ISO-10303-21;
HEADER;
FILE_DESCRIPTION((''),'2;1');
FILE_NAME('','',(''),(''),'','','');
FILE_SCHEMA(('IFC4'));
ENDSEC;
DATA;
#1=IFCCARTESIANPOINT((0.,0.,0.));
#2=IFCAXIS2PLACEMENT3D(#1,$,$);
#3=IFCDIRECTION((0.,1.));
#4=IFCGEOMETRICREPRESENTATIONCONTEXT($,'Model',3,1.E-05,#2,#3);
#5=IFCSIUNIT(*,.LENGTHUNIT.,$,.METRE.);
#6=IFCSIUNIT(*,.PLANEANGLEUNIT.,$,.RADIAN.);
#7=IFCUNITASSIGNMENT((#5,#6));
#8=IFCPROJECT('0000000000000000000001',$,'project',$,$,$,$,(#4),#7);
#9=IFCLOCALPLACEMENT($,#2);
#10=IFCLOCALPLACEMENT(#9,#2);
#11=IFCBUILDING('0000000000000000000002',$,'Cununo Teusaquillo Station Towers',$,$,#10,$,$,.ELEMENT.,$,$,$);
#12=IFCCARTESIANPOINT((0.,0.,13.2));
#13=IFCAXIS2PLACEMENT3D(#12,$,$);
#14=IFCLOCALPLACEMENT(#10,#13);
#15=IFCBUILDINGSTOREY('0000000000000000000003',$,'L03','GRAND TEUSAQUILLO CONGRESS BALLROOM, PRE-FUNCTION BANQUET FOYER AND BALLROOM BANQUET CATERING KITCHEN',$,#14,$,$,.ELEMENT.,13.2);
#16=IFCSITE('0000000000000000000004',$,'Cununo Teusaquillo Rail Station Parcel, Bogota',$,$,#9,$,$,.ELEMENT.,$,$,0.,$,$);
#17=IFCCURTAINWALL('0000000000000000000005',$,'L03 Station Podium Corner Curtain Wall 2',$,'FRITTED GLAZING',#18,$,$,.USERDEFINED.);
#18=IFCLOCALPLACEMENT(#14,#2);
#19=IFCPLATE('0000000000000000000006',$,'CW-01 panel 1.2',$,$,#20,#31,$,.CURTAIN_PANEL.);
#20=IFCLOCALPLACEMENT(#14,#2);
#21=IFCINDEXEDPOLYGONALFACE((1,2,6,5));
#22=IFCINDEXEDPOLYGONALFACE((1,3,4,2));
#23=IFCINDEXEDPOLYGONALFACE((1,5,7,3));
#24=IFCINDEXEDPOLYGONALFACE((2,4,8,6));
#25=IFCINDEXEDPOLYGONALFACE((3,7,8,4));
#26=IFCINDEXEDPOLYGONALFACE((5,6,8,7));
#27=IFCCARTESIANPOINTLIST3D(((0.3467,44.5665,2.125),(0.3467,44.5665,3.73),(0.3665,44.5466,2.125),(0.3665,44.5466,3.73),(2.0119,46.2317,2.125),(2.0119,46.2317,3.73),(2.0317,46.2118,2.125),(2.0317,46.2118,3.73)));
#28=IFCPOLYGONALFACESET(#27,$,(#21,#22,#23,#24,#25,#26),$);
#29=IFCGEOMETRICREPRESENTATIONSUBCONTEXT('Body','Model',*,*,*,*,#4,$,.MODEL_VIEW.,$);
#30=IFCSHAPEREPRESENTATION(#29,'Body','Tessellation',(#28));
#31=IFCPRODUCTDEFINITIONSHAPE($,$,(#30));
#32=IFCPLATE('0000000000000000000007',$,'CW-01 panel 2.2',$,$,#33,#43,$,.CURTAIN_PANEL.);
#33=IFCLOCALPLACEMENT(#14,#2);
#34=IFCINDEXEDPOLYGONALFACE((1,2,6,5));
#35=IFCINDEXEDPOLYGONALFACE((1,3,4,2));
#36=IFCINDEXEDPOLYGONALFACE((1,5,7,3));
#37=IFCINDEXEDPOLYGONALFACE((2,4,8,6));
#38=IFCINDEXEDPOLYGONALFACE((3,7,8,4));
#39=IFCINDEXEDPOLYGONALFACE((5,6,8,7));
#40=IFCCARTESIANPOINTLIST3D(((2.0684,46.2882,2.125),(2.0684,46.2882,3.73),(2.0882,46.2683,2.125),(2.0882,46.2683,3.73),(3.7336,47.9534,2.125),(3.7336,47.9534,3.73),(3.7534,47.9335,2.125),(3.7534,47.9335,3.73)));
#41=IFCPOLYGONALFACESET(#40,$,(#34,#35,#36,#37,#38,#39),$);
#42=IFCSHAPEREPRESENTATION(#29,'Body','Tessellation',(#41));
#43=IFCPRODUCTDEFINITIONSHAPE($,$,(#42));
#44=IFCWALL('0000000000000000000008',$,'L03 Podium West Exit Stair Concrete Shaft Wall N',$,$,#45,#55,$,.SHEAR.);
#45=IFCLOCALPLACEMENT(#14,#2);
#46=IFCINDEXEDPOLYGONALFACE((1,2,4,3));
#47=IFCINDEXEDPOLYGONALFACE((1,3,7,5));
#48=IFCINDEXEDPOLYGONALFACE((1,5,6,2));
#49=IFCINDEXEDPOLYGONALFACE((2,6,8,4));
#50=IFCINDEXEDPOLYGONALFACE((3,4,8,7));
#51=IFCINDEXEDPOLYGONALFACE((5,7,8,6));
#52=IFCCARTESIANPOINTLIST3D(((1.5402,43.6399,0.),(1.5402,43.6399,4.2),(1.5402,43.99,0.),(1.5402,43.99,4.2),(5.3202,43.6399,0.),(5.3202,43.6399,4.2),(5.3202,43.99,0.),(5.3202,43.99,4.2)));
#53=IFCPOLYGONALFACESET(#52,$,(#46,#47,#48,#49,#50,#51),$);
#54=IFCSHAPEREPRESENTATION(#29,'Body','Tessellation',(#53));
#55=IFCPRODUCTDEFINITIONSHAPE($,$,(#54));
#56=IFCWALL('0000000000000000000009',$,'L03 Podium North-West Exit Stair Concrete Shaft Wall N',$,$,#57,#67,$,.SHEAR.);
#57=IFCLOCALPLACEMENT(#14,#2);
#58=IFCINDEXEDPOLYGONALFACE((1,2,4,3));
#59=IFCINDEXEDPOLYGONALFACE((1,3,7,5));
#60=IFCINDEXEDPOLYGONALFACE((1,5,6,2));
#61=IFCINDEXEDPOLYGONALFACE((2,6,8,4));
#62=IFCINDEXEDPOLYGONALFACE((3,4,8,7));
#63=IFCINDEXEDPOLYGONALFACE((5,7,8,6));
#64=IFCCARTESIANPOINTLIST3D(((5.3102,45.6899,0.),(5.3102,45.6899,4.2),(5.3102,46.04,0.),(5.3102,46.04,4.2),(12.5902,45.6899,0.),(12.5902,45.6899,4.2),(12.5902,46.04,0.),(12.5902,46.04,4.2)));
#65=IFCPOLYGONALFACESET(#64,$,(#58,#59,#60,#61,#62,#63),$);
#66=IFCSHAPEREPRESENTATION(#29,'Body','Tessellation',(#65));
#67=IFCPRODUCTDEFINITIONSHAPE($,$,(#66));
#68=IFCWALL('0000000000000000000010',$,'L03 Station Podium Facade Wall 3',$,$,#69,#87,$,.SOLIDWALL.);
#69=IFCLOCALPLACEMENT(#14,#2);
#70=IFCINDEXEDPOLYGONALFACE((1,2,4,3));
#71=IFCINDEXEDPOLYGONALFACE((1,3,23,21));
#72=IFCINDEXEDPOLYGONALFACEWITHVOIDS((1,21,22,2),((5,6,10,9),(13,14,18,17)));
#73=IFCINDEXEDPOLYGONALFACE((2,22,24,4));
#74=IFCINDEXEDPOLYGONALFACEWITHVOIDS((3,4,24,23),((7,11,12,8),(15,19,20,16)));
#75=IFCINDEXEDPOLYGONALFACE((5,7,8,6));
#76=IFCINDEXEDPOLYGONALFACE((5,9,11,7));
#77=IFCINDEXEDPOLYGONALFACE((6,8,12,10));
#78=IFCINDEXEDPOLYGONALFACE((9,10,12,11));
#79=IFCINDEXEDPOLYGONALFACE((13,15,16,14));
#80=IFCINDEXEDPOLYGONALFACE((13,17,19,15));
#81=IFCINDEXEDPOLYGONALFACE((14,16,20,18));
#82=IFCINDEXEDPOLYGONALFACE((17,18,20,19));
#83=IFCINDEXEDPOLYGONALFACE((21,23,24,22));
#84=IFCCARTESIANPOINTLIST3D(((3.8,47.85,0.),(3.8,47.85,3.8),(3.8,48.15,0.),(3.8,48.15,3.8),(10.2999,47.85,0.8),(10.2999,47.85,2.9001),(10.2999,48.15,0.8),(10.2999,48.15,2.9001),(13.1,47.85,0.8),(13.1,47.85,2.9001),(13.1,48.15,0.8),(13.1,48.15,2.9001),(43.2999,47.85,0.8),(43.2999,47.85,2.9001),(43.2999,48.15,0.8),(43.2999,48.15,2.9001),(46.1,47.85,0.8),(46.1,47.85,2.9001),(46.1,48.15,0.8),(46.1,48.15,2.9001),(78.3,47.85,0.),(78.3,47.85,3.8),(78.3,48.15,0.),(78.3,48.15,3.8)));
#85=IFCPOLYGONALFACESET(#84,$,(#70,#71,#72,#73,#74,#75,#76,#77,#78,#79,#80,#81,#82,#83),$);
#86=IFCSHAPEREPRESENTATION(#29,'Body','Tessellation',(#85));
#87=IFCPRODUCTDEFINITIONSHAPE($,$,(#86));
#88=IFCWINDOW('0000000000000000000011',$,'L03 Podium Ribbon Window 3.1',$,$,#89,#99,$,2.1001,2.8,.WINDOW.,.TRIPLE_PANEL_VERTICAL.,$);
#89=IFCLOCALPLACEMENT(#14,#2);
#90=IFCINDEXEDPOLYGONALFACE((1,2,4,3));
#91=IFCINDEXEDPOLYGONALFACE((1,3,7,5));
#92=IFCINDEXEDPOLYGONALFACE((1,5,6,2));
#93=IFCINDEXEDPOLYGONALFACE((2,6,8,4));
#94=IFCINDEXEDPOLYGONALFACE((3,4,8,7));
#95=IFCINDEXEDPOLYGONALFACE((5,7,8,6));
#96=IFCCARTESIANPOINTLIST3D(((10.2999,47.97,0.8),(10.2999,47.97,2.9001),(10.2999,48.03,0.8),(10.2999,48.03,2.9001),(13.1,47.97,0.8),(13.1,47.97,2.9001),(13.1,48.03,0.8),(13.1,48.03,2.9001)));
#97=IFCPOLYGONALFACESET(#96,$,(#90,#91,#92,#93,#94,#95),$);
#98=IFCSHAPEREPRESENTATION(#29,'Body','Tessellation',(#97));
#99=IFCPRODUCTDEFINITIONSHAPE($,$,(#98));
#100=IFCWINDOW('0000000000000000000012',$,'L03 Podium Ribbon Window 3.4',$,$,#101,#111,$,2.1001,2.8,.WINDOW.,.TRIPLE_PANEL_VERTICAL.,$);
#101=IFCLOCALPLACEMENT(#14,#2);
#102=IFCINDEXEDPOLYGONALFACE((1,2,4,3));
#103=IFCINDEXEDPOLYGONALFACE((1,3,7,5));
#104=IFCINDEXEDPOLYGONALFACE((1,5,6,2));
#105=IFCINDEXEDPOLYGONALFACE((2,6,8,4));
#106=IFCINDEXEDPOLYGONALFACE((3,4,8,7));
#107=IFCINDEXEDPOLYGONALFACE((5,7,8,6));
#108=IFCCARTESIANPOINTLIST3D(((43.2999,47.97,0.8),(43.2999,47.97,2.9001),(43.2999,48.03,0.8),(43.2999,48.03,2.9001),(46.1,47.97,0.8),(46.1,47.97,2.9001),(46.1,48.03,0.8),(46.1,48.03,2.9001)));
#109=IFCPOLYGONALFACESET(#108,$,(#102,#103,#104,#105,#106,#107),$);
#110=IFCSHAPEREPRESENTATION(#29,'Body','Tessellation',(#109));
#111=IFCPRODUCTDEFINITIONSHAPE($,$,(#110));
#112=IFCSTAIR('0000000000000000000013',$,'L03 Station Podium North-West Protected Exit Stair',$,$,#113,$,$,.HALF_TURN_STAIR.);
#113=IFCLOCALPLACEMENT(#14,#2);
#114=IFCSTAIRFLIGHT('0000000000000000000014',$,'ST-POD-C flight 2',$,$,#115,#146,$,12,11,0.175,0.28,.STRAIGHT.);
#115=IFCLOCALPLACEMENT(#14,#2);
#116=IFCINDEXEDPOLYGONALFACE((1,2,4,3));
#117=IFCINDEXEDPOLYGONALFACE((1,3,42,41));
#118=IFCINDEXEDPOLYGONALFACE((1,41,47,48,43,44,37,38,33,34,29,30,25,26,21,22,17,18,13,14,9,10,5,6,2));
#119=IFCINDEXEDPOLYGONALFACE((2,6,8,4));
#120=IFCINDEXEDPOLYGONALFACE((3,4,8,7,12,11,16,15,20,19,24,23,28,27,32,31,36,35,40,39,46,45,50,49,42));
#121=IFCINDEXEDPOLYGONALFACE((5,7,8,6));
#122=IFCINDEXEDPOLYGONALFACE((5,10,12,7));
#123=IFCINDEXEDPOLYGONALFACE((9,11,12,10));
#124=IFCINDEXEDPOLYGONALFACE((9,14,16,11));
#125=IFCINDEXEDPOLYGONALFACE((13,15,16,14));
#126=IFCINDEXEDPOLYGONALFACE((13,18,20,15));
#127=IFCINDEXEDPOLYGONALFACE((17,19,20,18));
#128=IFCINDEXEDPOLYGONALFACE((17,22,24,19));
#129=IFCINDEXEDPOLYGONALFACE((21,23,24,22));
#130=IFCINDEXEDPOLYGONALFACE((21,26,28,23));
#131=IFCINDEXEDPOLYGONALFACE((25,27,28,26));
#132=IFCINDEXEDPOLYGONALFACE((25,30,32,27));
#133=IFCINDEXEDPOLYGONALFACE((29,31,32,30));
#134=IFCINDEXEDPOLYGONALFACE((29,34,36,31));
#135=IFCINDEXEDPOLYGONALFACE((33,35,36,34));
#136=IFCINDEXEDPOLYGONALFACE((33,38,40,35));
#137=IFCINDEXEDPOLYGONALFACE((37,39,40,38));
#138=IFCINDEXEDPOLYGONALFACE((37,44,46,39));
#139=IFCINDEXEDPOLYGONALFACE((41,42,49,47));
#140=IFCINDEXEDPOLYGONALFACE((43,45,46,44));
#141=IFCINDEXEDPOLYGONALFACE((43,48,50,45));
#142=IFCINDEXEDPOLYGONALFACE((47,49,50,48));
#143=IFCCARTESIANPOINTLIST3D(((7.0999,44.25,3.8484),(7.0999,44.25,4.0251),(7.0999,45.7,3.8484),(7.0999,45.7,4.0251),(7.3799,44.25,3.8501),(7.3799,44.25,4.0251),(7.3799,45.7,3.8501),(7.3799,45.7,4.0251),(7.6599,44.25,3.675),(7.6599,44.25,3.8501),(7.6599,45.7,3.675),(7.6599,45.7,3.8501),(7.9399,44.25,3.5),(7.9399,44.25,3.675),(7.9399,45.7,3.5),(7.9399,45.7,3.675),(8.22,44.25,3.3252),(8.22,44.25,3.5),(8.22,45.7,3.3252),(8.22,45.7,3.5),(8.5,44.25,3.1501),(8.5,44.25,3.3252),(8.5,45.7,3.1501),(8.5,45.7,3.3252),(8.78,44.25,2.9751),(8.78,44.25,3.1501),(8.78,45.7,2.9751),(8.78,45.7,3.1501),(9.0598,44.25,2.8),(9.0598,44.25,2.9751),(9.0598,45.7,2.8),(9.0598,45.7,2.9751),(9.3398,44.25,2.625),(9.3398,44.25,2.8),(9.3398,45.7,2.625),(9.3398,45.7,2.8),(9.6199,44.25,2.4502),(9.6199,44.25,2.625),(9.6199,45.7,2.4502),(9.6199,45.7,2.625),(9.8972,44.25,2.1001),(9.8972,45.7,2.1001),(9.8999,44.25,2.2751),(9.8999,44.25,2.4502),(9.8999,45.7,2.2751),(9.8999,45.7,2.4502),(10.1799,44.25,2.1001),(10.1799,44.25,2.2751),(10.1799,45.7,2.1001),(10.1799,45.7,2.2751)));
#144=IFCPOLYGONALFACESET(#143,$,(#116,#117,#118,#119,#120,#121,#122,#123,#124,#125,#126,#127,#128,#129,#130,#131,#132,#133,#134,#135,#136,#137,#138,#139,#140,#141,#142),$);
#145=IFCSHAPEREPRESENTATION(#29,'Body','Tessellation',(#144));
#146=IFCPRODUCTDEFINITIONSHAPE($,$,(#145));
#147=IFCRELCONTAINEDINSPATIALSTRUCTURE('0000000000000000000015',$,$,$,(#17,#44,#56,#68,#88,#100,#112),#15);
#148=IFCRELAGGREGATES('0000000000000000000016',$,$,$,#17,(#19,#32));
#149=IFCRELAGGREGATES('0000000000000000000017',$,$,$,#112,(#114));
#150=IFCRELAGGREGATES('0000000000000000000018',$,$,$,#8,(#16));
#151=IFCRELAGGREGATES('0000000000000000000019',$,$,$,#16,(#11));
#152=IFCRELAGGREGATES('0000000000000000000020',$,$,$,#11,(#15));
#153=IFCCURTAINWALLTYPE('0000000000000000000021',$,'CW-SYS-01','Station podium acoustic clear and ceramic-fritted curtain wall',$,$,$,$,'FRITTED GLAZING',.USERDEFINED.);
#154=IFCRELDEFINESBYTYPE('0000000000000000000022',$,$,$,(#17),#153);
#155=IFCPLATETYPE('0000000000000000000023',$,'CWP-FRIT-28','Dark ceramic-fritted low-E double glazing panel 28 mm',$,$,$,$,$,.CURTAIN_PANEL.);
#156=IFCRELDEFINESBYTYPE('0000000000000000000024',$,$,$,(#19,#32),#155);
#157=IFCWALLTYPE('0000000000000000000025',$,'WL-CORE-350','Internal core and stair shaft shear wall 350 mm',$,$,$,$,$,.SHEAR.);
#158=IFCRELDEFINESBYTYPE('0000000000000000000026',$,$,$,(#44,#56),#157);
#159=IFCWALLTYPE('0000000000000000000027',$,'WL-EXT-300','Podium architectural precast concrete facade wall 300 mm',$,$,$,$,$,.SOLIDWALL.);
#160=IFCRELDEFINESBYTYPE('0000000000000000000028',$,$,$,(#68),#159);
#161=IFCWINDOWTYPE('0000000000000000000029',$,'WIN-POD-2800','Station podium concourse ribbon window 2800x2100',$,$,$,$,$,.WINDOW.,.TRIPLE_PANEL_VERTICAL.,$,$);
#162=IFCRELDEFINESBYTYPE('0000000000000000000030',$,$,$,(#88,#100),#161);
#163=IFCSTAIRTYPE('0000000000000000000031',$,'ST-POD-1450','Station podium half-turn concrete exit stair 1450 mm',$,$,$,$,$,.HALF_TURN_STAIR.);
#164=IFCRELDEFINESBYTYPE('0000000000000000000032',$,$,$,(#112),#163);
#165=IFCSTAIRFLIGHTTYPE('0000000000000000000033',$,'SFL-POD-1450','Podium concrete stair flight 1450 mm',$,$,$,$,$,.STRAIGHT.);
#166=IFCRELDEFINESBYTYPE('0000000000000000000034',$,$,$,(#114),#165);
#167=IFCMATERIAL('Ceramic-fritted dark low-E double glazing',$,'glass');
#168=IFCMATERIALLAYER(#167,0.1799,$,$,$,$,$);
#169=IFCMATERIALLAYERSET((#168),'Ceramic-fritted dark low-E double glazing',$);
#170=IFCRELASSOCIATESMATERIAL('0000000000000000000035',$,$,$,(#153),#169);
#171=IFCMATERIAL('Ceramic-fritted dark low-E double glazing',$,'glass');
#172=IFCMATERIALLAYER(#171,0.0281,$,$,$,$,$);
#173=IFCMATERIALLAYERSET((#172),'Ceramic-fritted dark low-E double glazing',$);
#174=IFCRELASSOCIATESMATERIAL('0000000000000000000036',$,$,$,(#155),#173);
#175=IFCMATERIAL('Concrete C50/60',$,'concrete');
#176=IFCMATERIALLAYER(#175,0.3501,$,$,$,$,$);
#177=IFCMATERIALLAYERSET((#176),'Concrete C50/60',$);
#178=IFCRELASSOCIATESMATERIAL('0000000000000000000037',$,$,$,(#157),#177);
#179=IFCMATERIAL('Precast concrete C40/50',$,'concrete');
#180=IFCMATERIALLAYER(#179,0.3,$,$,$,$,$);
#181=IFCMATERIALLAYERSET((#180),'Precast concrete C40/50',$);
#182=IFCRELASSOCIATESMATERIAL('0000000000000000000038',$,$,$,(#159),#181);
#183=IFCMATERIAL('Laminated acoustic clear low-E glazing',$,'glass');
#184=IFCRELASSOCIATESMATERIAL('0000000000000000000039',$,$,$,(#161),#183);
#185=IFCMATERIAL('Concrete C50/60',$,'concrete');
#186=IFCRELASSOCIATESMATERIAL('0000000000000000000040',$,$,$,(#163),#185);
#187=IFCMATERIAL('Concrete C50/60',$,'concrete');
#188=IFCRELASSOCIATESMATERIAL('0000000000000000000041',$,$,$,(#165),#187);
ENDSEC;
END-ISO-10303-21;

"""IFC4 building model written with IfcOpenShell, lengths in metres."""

from ifc_helpers import new_model, si_unit, direction, frame, frame_2d, origin, origin_2d, place, context, subcontext, project, spatial, polyline, rectangle, outline, extrude, source, transform, mapped, material, layer, layer_set, type_object, element, fill, aggregate, save


model = new_model("IFC4")

# Units and contexts
model_context = context("Model", 3, precision=1e-05, world=origin(), true_north=direction((0.0, 1.0)))
body_context = subcontext(model_context, "Body", "Model", "MODEL_VIEW")
ifc_project = project(units=[si_unit("LENGTHUNIT", "METRE"), si_unit("PLANEANGLEUNIT", "RADIAN")], contexts=[model_context])

# Site, building, storey
site_placement = place(None, origin())
site = spatial("IfcSite", under=ifc_project, at=site_placement, Name="Cununo Teusaquillo Rail Station Parcel, Bogota", CompositionType="ELEMENT", RefElevation=0.0)
building_placement = place(site_placement, origin())
building = spatial("IfcBuilding", under=site, at=building_placement, Name="Cununo Teusaquillo Station Towers", CompositionType="ELEMENT")
storey_placement = place(building_placement, frame((0.0, 0.0, 13.2)))
storey = spatial("IfcBuildingStorey", under=building, at=storey_placement, Name="L03", Description="GRAND TEUSAQUILLO CONGRESS BALLROOM, PRE-FUNCTION BANQUET FOYER AND BALLROOM BANQUET CATERING KITCHEN", CompositionType="ELEMENT", Elevation=13.2)

# Curtain wall, plates
ifc_material_1 = material(Name="Ceramic-fritted dark low-E double glazing", Category="glass")
ifc_layer_1 = layer(ifc_material_1, 0.1799)
ifc_layer_set_1 = layer_set([ifc_layer_1], Name="Ceramic-fritted dark low-E double glazing")
curtain_wall_type = type_object("IfcCurtainWallType", Name="CW-SYS-01", Description="Station podium acoustic clear and ceramic-fritted curtain wall", ElementType="FRITTED GLAZING", PredefinedType="USERDEFINED", material=ifc_layer_set_1)
curtain_wall_placement = place(storey_placement, origin())
curtain_wall = element("IfcCurtainWall", 1, at=curtain_wall_placement, inside=storey, type_object=curtain_wall_type, Name="L03 Station Podium Corner Curtain Wall 2", ObjectType="FRITTED GLAZING", PredefinedType="USERDEFINED")
ifc_material_2 = material(Name="Ceramic-fritted dark low-E double glazing", Category="glass")
ifc_layer_2 = layer(ifc_material_2, 0.0281)
ifc_layer_set_2 = layer_set([ifc_layer_2], Name="Ceramic-fritted dark low-E double glazing")
plate_type = type_object("IfcPlateType", Name="CWP-FRIT-28", Description="Dark ceramic-fritted low-E double glazing panel 28 mm", PredefinedType="CURTAIN_PANEL", material=ifc_layer_set_2)
shared_shape_1 = source(origin(), body_context, "Body", "SweptSolid", [
    extrude(rectangle(XDim=2.355, YDim=0.0281, at=origin_2d()), origin(), (0.0, 0.0, 1.0), 1.605),
])
plate_1_placement = place(storey_placement, frame((1.1892, 45.3892, 2.125), z_axis=(0.0, 0.0, 1.0), x_axis=(0.707107, 0.707107, 0.0)))
plate_1 = element("IfcPlate", 2, at=plate_1_placement, type_object=plate_type, Name="CW-01 panel 1.2", PredefinedType="CURTAIN_PANEL", context=body_context, shape_type="MappedRepresentation", body=[
    mapped(shared_shape_1, transform((0.0, 0.0, 0.0), x_axis=(1.0, 0.0, 0.0), y_axis=(0.0, 1.0, 0.0), z_axis=(0.0, 0.0, 1.0), scale=1.0)),
])
plate_2_placement = place(storey_placement, frame((2.9109, 47.1108, 2.125), z_axis=(0.0, 0.0, 1.0), x_axis=(0.707107, 0.707107, 0.0)))
plate_2 = element("IfcPlate", 3, at=plate_2_placement, type_object=plate_type, Name="CW-01 panel 2.2", PredefinedType="CURTAIN_PANEL", context=body_context, shape_type="MappedRepresentation", body=[
    mapped(shared_shape_1, transform((0.0, 0.0, 0.0), x_axis=(1.0, 0.0, 0.0), y_axis=(0.0, 1.0, 0.0), z_axis=(0.0, 0.0, 1.0), scale=1.0)),
])
aggregate(curtain_wall, [plate_1, plate_2])

# Walls
ifc_material_3 = material(Name="Concrete C50/60", Category="concrete")
ifc_layer_3 = layer(ifc_material_3, 0.3501)
ifc_layer_set_3 = layer_set([ifc_layer_3], Name="Concrete C50/60")
wall_type_1 = type_object("IfcWallType", Name="WL-CORE-350", Description="Internal core and stair shaft shear wall 350 mm", PredefinedType="SHEAR", material=ifc_layer_set_3)
wall_1_placement = place(storey_placement, frame((1.54, 43.8149, 0.0), z_axis=(0.0, 0.0, 1.0), x_axis=(1.0, 0.0, 0.0)))
element("IfcWall", 4, at=wall_1_placement, inside=storey, type_object=wall_type_1, Name="L03 Podium West Exit Stair Concrete Shaft Wall N", PredefinedType="SHEAR", context=body_context, shape_type="SweptSolid", body=[
    extrude(rectangle(XDim=3.78, YDim=0.3501, at=frame_2d((1.8901, 0.0))), origin(), (0.0, 0.0, 1.0), 4.2),
])
wall_2_placement = place(storey_placement, frame((5.3101, 45.865, 0.0), z_axis=(0.0, 0.0, 1.0), x_axis=(1.0, 0.0, 0.0)))
element("IfcWall", 5, at=wall_2_placement, inside=storey, type_object=wall_type_1, Name="L03 Podium North-West Exit Stair Concrete Shaft Wall N", PredefinedType="SHEAR", context=body_context, shape_type="SweptSolid", body=[
    extrude(rectangle(XDim=7.28, YDim=0.3501, at=frame_2d((3.6401, 0.0))), origin(), (0.0, 0.0, 1.0), 4.2),
])

# Wall, openings, windows
ifc_material_4 = material(Name="Precast concrete C40/50", Category="concrete")
ifc_layer_4 = layer(ifc_material_4, 0.3)
ifc_layer_set_4 = layer_set([ifc_layer_4], Name="Precast concrete C40/50")
wall_type_2 = type_object("IfcWallType", Name="WL-EXT-300", Description="Podium architectural precast concrete facade wall 300 mm", PredefinedType="SOLIDWALL", material=ifc_layer_set_4)
wall_3_placement = place(storey_placement, frame((3.8, 48.0, 0.0), z_axis=(0.0, 0.0, 1.0), x_axis=(1.0, 0.0, 0.0)))
wall_3 = element("IfcWall", 6, at=wall_3_placement, inside=storey, type_object=wall_type_2, Name="L03 Station Podium Facade Wall 3", PredefinedType="SOLIDWALL", context=body_context, shape_type="SweptSolid", body=[
    extrude(rectangle(XDim=74.5, YDim=0.3, at=frame_2d((37.25, 0.0))), origin(), (0.0, 0.0, 1.0), 3.8),
])
shared_shape_2 = source(origin(), body_context, "Body", "SweptSolid", [
    extrude(rectangle(XDim=2.8, YDim=2.1001, at=frame_2d((1.3999, 1.05))), frame((0.0, 0.1599, 0.0), z_axis=(0.0, -1.0, 0.0), x_axis=(1.0, 0.0, 0.0)), (0.0, 0.0, 1.0), 0.3201),
])
opening_1_placement = place(wall_3_placement, frame((6.5, 0.0, 0.8)))
opening_1 = element("IfcOpeningElement", 7, at=opening_1_placement, cuts=wall_3, PredefinedType="OPENING", context=body_context, shape_type="MappedRepresentation", body=[
    mapped(shared_shape_2, transform((0.0, 0.0, 0.0), x_axis=(1.0, 0.0, 0.0), y_axis=(0.0, 1.0, 0.0), z_axis=(0.0, 0.0, 1.0), scale=1.0)),
])
opening_2_placement = place(wall_3_placement, frame((39.5, 0.0, 0.8)))
opening_2 = element("IfcOpeningElement", 8, at=opening_2_placement, cuts=wall_3, PredefinedType="OPENING", context=body_context, shape_type="MappedRepresentation", body=[
    mapped(shared_shape_2, transform((0.0, 0.0, 0.0), x_axis=(1.0, 0.0, 0.0), y_axis=(0.0, 1.0, 0.0), z_axis=(0.0, 0.0, 1.0), scale=1.0)),
])
ifc_material_5 = material(Name="Laminated acoustic clear low-E glazing", Category="glass")
window_type = type_object("IfcWindowType", Name="WIN-POD-2800", Description="Station podium concourse ribbon window 2800x2100", PartitioningType="TRIPLE_PANEL_VERTICAL", PredefinedType="WINDOW", material=ifc_material_5)
shared_shape_3 = source(origin(), body_context, "Body", "SweptSolid", [
    extrude(rectangle(XDim=2.8, YDim=2.1001, at=frame_2d((1.3999, 1.05))), frame((0.0, 0.03, 0.0), z_axis=(0.0, -1.0, 0.0), x_axis=(1.0, 0.0, 0.0)), (0.0, 0.0, 1.0), 0.0601),
])
window_1_placement = place(opening_1_placement, origin())
window_1 = element("IfcWindow", 9, at=window_1_placement, inside=storey, type_object=window_type, Name="L03 Podium Ribbon Window 3.1", OverallHeight=2.1001, OverallWidth=2.8, PartitioningType="TRIPLE_PANEL_VERTICAL", PredefinedType="WINDOW", context=body_context, shape_type="MappedRepresentation", body=[
    mapped(shared_shape_3, transform((0.0, 0.0, 0.0), x_axis=(1.0, 0.0, 0.0), y_axis=(0.0, 1.0, 0.0), z_axis=(0.0, 0.0, 1.0), scale=1.0)),
])
fill(opening_1, window_1)
window_2_placement = place(opening_2_placement, origin())
window_2 = element("IfcWindow", 10, at=window_2_placement, inside=storey, type_object=window_type, Name="L03 Podium Ribbon Window 3.4", OverallHeight=2.1001, OverallWidth=2.8, PartitioningType="TRIPLE_PANEL_VERTICAL", PredefinedType="WINDOW", context=body_context, shape_type="MappedRepresentation", body=[
    mapped(shared_shape_3, transform((0.0, 0.0, 0.0), x_axis=(1.0, 0.0, 0.0), y_axis=(0.0, 1.0, 0.0), z_axis=(0.0, 0.0, 1.0), scale=1.0)),
])
fill(opening_2, window_2)

# Stair, stair flight
ifc_material_6 = material(Name="Concrete C50/60", Category="concrete")
stair_type = type_object("IfcStairType", Name="ST-POD-1450", Description="Station podium half-turn concrete exit stair 1450 mm", PredefinedType="HALF_TURN_STAIR", material=ifc_material_6)
stair_placement = place(storey_placement, origin())
stair = element("IfcStair", 11, at=stair_placement, inside=storey, type_object=stair_type, Name="L03 Station Podium North-West Protected Exit Stair", PredefinedType="HALF_TURN_STAIR")
ifc_material_7 = material(Name="Concrete C50/60", Category="concrete")
stair_flight_type = type_object("IfcStairFlightType", Name="SFL-POD-1450", Description="Podium concrete stair flight 1450 mm", PredefinedType="STRAIGHT", material=ifc_material_7)
stair_flight_placement = place(storey_placement, frame((10.1799, 44.9751, 2.1001), z_axis=(0.0, 0.0, 1.0), x_axis=(-1.0, 0.0, 0.0)))
stair_flight = element("IfcStairFlight", 12, at=stair_flight_placement, type_object=stair_flight_type, Name="ST-POD-C flight 2", NumberOfRisers=12, NumberOfTreads=11, PredefinedType="STRAIGHT", RiserHeight=0.175, TreadLength=0.28, context=body_context, shape_type="SweptSolid", body=[
    extrude(outline(polyline([(0.0, 0.0), (0.0, 0.175), (0.28, 0.175), (0.28, 0.3501), (0.5601, 0.3501), (0.5601, 0.5249), (0.8401, 0.5249), (0.8401, 0.7), (1.1201, 0.7), (1.1201, 0.875), (1.3999, 0.875), (1.3999, 1.05), (1.6799, 1.05), (1.6799, 1.2251), (1.96, 1.2251), (1.96, 1.3999), (2.24, 1.3999), (2.24, 1.575), (2.52, 1.575), (2.52, 1.75), (2.8, 1.75), (2.8, 1.925), (3.0801, 1.925), (3.0801, 2.1001), (3.0801, 1.7483), (0.2827, 0.0), (0.0, 0.0)])), frame((0.0, 0.7251, 0.0), z_axis=(0.0, -1.0, 0.0), x_axis=(1.0, 0.0, 0.0)), (0.0, 0.0, 1.0), 1.45),
])
aggregate(stair, [stair_flight])

save(model, "model.ifc")
